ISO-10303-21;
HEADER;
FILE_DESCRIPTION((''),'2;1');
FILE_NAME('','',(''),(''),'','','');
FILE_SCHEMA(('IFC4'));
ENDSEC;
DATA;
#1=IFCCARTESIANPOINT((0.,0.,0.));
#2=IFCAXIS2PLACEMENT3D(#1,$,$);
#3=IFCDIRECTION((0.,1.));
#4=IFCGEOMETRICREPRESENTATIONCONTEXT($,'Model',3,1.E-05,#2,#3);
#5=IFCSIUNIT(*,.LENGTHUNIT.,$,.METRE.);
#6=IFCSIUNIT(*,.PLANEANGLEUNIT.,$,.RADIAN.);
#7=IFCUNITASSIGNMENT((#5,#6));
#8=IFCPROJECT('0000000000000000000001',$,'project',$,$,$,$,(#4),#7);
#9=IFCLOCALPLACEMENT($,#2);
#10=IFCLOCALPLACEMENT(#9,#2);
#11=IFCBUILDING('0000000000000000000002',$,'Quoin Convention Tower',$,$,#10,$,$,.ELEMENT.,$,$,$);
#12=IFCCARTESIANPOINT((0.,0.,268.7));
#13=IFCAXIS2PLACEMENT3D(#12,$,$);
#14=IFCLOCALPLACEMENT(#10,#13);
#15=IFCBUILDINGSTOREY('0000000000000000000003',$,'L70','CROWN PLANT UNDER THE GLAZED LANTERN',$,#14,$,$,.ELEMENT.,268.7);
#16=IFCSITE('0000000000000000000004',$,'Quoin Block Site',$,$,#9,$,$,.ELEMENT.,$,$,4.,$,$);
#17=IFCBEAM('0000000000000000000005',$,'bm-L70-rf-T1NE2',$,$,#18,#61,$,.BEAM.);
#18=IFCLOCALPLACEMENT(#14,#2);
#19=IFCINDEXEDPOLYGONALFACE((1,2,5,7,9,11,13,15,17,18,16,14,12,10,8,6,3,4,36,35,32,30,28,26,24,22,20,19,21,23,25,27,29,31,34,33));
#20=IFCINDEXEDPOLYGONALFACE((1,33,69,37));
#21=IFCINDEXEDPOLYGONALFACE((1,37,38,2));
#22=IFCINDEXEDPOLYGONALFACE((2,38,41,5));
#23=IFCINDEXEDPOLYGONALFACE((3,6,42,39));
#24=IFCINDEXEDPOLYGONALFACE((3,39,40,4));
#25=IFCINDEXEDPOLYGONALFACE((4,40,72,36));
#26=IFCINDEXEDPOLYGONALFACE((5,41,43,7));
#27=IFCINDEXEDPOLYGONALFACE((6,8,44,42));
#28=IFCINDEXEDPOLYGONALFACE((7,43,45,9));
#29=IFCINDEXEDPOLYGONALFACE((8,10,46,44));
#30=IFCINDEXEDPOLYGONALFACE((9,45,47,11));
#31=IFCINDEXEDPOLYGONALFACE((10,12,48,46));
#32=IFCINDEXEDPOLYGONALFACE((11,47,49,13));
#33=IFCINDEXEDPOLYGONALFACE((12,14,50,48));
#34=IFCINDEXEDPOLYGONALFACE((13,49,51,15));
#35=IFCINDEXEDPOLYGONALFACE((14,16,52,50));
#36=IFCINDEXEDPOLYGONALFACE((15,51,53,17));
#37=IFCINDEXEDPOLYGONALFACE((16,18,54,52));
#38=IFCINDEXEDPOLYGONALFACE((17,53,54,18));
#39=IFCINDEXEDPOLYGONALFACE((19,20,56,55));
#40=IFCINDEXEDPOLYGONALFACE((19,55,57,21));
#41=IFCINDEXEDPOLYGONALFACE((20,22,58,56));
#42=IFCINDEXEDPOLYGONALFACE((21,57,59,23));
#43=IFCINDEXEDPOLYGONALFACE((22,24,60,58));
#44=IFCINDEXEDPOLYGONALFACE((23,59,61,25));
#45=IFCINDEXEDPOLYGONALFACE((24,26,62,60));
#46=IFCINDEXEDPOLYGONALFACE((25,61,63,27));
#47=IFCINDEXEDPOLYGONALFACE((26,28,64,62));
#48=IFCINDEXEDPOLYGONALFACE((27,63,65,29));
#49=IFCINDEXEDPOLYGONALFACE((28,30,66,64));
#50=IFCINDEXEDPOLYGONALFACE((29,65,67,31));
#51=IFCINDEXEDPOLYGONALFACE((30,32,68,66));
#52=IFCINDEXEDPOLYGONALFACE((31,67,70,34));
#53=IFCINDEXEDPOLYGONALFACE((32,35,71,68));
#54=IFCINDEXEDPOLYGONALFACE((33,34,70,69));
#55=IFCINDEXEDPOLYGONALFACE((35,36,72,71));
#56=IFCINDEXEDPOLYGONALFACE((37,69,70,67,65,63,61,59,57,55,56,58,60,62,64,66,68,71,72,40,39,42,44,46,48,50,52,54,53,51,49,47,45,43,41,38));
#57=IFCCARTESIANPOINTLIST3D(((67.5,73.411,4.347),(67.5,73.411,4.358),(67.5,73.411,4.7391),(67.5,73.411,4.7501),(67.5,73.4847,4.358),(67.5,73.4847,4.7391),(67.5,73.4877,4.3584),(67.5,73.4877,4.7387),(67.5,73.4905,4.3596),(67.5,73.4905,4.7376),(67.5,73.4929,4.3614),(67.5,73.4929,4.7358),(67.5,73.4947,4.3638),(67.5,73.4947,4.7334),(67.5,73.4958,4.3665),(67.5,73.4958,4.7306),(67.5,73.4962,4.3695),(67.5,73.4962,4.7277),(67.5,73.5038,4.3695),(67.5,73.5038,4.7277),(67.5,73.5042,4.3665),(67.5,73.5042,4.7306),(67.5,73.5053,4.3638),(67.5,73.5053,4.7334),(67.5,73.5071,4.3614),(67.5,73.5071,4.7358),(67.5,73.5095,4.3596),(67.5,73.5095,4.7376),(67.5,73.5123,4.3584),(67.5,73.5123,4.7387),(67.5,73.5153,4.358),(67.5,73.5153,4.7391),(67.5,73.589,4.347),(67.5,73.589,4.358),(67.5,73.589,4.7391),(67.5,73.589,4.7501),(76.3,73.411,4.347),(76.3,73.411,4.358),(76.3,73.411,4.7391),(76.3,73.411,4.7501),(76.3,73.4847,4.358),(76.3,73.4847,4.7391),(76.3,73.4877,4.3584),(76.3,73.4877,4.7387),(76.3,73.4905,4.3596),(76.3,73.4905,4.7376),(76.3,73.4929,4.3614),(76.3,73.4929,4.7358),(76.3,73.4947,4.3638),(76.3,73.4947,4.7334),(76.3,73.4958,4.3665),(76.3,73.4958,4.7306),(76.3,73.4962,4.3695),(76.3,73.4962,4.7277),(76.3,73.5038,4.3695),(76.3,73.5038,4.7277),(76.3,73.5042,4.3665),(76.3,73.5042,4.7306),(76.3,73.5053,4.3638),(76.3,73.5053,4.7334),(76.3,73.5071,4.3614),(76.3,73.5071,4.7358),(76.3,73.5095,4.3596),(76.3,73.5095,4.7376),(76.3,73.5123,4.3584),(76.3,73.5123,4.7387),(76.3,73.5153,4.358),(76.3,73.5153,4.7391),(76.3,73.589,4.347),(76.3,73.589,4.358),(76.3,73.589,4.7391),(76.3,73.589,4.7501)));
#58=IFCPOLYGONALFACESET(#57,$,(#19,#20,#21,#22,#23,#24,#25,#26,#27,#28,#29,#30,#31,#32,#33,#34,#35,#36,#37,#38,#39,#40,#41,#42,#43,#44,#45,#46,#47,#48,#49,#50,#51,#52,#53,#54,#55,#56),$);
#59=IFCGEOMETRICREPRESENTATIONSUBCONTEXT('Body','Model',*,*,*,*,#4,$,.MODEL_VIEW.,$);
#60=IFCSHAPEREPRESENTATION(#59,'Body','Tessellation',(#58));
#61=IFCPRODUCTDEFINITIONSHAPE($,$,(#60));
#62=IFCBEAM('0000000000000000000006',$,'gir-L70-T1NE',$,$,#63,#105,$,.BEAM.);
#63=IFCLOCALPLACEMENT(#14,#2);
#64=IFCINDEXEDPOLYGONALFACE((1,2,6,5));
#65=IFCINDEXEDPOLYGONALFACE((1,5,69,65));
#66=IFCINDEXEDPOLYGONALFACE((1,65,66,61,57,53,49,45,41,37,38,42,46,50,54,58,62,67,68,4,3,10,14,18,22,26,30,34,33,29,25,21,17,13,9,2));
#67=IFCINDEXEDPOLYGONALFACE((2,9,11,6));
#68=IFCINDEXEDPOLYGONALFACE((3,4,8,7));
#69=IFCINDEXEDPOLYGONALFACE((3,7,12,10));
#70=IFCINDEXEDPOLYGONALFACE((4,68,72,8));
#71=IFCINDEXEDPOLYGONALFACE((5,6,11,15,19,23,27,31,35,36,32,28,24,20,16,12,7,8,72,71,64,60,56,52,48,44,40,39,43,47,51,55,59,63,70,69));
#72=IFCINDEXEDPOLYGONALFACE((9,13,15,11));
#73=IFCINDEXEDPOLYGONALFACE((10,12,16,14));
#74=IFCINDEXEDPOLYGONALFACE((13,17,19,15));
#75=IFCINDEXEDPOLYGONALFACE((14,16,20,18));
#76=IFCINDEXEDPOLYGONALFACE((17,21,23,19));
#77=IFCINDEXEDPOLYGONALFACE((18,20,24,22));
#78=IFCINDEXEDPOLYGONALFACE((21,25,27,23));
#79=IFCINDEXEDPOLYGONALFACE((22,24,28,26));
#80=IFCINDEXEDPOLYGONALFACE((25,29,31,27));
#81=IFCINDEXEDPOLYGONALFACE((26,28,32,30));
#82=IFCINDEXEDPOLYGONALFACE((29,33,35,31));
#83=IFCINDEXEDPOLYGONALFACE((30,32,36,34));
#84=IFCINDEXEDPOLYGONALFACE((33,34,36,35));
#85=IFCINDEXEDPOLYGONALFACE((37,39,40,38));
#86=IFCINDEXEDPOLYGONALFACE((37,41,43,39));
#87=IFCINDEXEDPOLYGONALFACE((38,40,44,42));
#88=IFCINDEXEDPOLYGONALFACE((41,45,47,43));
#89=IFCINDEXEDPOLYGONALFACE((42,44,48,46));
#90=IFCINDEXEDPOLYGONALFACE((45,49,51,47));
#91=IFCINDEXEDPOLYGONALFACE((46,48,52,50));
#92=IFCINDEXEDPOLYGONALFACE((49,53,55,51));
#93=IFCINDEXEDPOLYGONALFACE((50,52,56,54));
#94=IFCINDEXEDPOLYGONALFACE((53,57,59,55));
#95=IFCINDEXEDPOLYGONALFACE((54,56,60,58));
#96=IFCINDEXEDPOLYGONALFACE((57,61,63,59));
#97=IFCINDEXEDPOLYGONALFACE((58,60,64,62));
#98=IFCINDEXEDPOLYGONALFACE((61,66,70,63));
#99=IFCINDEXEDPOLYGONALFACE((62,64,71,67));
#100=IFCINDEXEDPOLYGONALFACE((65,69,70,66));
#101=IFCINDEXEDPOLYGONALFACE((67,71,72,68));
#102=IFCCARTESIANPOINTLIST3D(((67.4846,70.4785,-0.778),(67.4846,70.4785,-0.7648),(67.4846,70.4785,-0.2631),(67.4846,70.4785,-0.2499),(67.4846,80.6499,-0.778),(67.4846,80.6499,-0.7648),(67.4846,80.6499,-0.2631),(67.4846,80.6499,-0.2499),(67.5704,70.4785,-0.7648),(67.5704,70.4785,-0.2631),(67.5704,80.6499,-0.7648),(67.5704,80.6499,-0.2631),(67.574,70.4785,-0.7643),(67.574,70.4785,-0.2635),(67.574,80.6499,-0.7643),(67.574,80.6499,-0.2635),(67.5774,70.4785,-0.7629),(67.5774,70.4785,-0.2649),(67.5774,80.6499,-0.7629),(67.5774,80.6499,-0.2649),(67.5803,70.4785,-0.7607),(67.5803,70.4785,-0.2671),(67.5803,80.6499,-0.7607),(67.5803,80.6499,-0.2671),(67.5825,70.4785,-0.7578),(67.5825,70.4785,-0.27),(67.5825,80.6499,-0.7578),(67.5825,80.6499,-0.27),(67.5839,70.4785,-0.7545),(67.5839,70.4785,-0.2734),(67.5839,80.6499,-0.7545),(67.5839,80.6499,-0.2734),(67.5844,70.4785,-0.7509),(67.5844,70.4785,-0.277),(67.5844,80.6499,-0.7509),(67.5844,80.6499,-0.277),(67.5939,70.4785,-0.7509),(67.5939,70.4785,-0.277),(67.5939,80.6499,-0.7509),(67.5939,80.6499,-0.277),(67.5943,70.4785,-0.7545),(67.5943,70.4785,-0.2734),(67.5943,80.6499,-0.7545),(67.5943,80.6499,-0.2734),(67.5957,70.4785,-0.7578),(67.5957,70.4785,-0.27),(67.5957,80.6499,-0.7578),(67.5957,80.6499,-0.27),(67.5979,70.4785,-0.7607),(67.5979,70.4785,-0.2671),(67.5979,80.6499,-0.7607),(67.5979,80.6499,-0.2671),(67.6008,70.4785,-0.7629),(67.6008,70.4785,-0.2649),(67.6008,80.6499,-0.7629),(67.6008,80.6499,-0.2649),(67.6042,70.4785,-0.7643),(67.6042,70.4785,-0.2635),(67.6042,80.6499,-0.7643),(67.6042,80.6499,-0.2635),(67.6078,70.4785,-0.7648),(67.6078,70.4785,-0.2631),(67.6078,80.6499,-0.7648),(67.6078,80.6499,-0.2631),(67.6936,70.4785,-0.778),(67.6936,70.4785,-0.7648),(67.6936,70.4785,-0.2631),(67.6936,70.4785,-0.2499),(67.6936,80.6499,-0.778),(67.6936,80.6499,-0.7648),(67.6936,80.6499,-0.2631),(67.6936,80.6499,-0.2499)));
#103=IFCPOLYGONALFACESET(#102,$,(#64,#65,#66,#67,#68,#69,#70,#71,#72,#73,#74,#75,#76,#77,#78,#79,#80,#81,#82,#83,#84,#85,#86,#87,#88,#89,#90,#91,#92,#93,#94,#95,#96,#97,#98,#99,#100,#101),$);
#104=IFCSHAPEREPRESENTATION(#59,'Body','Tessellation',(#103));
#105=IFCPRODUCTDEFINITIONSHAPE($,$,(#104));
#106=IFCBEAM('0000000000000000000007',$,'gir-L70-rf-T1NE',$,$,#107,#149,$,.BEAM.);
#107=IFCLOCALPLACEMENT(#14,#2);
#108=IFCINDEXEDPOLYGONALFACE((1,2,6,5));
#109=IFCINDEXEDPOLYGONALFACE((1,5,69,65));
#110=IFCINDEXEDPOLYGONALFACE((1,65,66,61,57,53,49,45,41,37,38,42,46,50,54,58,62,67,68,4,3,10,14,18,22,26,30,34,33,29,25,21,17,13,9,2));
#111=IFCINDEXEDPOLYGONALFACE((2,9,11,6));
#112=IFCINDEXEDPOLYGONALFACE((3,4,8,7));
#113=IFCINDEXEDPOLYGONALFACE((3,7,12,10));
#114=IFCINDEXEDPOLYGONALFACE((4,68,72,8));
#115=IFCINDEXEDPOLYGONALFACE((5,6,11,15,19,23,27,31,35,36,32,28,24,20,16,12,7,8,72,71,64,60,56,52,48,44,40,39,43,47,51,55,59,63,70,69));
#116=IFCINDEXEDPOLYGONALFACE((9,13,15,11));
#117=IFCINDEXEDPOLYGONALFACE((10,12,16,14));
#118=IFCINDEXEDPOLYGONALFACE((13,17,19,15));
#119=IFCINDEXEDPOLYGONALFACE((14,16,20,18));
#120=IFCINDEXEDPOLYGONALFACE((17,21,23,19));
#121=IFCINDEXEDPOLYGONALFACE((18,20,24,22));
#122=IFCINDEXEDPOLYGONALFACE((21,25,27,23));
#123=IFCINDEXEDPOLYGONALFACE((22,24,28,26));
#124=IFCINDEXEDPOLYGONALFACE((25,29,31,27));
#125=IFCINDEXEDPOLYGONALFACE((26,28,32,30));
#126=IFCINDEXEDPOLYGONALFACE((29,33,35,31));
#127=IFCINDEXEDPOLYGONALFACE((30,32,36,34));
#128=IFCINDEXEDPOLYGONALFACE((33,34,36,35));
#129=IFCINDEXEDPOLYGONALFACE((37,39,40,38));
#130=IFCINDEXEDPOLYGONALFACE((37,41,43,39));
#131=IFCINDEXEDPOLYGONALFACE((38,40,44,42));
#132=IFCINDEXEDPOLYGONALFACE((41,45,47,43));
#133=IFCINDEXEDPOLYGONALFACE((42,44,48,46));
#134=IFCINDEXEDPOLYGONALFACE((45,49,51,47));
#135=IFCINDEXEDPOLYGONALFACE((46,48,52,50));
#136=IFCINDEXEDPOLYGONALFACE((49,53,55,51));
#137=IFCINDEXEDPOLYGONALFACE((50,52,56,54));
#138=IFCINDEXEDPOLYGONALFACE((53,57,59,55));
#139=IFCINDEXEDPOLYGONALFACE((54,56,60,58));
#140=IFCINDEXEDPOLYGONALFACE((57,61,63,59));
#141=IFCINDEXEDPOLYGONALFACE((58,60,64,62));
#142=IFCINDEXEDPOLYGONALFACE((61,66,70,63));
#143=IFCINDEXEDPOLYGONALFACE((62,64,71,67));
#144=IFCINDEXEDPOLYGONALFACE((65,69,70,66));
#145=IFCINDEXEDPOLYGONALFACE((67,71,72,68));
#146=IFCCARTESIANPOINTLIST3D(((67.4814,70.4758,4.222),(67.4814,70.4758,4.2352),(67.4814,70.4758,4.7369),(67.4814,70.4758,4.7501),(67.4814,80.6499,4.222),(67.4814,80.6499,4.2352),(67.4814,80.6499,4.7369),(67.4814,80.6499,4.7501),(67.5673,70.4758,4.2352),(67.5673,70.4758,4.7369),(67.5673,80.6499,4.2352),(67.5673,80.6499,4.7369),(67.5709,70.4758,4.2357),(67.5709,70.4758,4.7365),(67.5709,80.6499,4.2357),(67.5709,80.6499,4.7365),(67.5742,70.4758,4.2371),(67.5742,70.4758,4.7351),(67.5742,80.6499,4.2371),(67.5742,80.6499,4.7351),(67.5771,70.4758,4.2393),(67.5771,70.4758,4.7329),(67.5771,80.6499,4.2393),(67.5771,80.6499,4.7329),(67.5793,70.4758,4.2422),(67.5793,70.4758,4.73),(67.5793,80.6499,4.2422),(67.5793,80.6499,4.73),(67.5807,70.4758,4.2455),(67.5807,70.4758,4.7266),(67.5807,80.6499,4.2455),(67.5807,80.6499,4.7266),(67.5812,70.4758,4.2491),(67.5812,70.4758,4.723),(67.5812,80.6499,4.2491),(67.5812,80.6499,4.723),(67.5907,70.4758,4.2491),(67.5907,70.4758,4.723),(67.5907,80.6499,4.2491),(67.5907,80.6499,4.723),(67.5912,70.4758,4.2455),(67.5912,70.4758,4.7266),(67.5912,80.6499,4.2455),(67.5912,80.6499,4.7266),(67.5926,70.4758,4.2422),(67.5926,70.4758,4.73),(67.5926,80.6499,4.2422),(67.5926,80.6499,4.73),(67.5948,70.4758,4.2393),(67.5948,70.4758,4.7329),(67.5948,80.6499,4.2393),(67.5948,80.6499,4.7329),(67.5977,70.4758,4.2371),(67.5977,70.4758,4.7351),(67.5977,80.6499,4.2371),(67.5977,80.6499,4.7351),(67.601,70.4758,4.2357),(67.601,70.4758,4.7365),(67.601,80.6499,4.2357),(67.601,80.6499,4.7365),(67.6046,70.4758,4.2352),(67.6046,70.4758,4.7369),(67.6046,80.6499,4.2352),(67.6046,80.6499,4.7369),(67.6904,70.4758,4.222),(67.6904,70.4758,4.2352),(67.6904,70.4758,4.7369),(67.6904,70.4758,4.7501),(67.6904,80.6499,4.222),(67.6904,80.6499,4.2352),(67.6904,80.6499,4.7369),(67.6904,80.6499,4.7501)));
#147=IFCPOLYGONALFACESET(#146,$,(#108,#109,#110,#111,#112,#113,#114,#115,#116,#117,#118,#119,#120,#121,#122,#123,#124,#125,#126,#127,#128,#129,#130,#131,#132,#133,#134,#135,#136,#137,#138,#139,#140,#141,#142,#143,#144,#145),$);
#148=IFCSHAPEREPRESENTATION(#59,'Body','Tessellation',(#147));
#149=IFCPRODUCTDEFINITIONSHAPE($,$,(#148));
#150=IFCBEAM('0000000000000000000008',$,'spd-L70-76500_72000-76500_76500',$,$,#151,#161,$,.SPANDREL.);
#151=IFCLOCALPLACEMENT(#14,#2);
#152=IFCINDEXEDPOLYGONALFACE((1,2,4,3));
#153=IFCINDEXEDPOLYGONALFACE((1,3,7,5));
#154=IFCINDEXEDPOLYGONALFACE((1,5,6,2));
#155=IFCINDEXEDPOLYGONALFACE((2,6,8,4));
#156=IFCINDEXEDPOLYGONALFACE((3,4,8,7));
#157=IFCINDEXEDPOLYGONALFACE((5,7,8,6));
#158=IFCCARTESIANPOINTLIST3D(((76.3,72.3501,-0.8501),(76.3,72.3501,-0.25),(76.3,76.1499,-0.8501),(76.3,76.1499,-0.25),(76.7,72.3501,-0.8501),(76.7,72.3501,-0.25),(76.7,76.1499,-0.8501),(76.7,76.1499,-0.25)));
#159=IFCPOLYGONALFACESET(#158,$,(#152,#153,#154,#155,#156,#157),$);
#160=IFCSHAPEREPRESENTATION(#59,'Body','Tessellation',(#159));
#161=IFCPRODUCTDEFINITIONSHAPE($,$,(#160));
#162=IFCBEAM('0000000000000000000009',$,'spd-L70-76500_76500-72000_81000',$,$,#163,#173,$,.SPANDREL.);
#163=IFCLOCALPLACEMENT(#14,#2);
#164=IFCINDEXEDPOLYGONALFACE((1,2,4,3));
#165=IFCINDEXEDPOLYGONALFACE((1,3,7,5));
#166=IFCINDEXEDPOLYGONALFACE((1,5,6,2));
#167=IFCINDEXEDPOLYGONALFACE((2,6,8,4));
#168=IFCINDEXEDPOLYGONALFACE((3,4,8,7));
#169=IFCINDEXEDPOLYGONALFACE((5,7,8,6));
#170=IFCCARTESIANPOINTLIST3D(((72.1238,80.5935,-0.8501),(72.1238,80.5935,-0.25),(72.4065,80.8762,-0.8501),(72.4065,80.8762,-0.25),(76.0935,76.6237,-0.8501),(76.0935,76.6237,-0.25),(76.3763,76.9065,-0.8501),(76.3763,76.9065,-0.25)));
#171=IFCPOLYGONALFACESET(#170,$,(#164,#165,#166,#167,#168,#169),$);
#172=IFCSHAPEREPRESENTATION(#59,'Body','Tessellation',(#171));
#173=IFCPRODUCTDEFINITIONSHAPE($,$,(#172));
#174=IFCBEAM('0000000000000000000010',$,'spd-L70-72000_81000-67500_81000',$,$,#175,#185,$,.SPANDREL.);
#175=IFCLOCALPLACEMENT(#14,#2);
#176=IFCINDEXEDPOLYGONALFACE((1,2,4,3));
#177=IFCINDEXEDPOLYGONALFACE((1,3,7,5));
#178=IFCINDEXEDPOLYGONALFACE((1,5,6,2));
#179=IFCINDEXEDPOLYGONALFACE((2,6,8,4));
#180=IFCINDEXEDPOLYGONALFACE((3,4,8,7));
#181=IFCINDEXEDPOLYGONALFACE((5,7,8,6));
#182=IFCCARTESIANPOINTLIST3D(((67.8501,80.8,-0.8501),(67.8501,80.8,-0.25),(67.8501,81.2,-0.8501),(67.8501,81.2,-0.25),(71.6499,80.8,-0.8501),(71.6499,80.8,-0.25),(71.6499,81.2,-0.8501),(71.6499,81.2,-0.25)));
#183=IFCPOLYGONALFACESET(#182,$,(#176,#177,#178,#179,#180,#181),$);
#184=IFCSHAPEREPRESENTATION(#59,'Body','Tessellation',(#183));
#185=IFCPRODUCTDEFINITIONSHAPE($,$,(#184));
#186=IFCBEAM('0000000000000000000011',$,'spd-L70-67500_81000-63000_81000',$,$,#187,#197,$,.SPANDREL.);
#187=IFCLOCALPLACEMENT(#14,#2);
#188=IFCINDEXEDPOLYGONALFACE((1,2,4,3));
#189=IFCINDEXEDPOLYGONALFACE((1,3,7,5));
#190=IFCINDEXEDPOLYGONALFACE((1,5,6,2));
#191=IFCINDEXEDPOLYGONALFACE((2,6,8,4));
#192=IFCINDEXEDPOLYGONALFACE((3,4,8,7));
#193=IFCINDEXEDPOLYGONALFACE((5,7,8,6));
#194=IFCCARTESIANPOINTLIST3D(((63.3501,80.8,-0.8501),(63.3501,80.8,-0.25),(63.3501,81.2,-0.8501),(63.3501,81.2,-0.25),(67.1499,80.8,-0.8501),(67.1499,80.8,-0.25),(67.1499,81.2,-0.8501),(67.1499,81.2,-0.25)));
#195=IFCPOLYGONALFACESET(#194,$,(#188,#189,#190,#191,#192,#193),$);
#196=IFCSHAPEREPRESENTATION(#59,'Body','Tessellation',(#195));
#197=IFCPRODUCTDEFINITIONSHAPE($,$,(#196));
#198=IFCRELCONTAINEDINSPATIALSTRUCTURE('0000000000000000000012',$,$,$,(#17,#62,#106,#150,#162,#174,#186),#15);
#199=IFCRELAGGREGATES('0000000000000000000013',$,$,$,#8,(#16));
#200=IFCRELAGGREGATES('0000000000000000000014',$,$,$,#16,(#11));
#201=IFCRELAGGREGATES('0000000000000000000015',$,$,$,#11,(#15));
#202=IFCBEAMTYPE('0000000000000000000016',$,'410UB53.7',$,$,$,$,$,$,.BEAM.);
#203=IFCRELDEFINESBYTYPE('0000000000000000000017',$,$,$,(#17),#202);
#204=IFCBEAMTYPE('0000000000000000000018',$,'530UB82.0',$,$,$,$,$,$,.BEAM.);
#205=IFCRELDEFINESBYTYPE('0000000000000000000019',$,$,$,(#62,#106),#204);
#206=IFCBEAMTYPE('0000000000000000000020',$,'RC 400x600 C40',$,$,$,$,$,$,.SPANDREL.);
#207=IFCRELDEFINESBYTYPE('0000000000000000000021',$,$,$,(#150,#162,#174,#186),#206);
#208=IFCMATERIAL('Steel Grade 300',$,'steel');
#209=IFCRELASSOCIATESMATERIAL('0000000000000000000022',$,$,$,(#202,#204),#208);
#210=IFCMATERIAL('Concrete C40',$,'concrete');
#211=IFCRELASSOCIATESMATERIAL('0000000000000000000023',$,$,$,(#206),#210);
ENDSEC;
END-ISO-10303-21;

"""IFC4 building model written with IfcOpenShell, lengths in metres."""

from ifc_helpers import new_model, si_unit, direction, frame, origin, origin_2d, place, context, subcontext, project, spatial, rectangle, i_section, extrude, material, material_profile, profile_set, type_object, element, save


model = new_model("IFC4")

# Units and contexts
model_context = context("Model", 3, precision=1e-05, world=origin(), true_north=direction((0.0, 1.0)))
body_context = subcontext(model_context, "Body", "Model", "MODEL_VIEW")
ifc_project = project(units=[si_unit("LENGTHUNIT", "METRE"), si_unit("PLANEANGLEUNIT", "RADIAN")], contexts=[model_context])

# Site, building, storey
site_placement = place(None, origin())
site = spatial("IfcSite", under=ifc_project, at=site_placement, Name="Quoin Block Site", CompositionType="ELEMENT", RefElevation=4.0)
building_placement = place(site_placement, origin())
building = spatial("IfcBuilding", under=site, at=building_placement, Name="Quoin Convention Tower", CompositionType="ELEMENT")
storey_placement = place(building_placement, frame((0.0, 0.0, 268.7)))
storey = spatial("IfcBuildingStorey", under=building, at=storey_placement, Name="L70", Description="CROWN PLANT UNDER THE GLAZED LANTERN", CompositionType="ELEMENT", Elevation=268.7)

# Shared definitions
ifc_material_1 = material(Name="Concrete C40", Category="concrete")

# Beams
ifc_material_2 = material(Name="Steel Grade 300", Category="steel")
ifc_material_profile_1 = material_profile(ifc_material_2, i_section(OverallWidth=0.178, OverallDepth=0.4031, WebThickness=0.0076, FlangeThickness=0.011, FilletRadius=0.0115, at=origin_2d()), Name="410UB53.7")
ifc_profile_set_1 = profile_set([ifc_material_profile_1], Name="Steel Grade 300")
beam_type_1 = type_object("IfcBeamType", Name="410UB53.7", PredefinedType="BEAM", material=ifc_profile_set_1)
beam_1_placement = place(storey_placement, frame((67.5, 73.5, 4.5486), z_axis=(1.0, 0.0, 0.0), x_axis=(0.0, 1.0, 0.0)))
element("IfcBeam", 1, at=beam_1_placement, inside=storey, type_object=beam_type_1, Name="bm-L70-rf-T1NE2", PredefinedType="BEAM", context=body_context, shape_type="SweptSolid", body=[
    extrude(i_section(OverallWidth=0.178, OverallDepth=0.4031, WebThickness=0.0076, FlangeThickness=0.011, FilletRadius=0.0115, at=origin_2d()), origin(), (0.0, 0.0, 1.0), 8.8),
])
ifc_material_profile_2 = material_profile(ifc_material_2, i_section(OverallWidth=0.209, OverallDepth=0.5281, WebThickness=0.0095, FlangeThickness=0.0132, FilletRadius=0.0139, at=origin_2d()), Name="530UB82.0")
ifc_profile_set_2 = profile_set([ifc_material_profile_2], Name="Steel Grade 300")
beam_type_2 = type_object("IfcBeamType", Name="530UB82.0", PredefinedType="BEAM", material=ifc_profile_set_2)
beam_2_placement = place(storey_placement, frame((67.5891, 80.6499, -0.5139), z_axis=(0.0, -1.0, 0.0), x_axis=(1.0, 0.0, 0.0)))
element("IfcBeam", 2, at=beam_2_placement, inside=storey, type_object=beam_type_2, Name="gir-L70-T1NE", PredefinedType="BEAM", context=body_context, shape_type="SweptSolid", body=[
    extrude(i_section(OverallWidth=0.209, OverallDepth=0.5281, WebThickness=0.0095, FlangeThickness=0.0132, FilletRadius=0.0139, at=origin_2d()), origin(), (0.0, 0.0, 1.0), 10.1714),
])
beam_3_placement = place(storey_placement, frame((67.5859, 80.6499, 4.4861), z_axis=(0.0, -1.0, 0.0), x_axis=(1.0, 0.0, 0.0)))
element("IfcBeam", 3, at=beam_3_placement, inside=storey, type_object=beam_type_2, Name="gir-L70-rf-T1NE", PredefinedType="BEAM", context=body_context, shape_type="SweptSolid", body=[
    extrude(i_section(OverallWidth=0.209, OverallDepth=0.5281, WebThickness=0.0095, FlangeThickness=0.0132, FilletRadius=0.0139, at=origin_2d()), origin(), (0.0, 0.0, 1.0), 10.1741),
])
ifc_material_profile_3 = material_profile(ifc_material_1, rectangle(XDim=0.3999, YDim=0.6001, at=origin_2d()), Name="RC 400x600")
ifc_profile_set_3 = profile_set([ifc_material_profile_3], Name="Concrete C40")
beam_type_3 = type_object("IfcBeamType", Name="RC 400x600 C40", PredefinedType="SPANDREL", material=ifc_profile_set_3)
beam_4_placement = place(storey_placement, frame((76.5, 72.3501, -0.55), z_axis=(0.0, 1.0, 0.0), x_axis=(-1.0, 0.0, 0.0)))
element("IfcBeam", 4, at=beam_4_placement, inside=storey, type_object=beam_type_3, Name="spd-L70-76500_72000-76500_76500", PredefinedType="SPANDREL", context=body_context, shape_type="SweptSolid", body=[
    extrude(rectangle(XDim=0.3999, YDim=0.6001, at=origin_2d()), origin(), (0.0, 0.0, 1.0), 3.7998),
])
beam_5_placement = place(storey_placement, frame((76.2349, 76.7651, -0.55), z_axis=(-0.707107, 0.707107, 0.0), x_axis=(-0.707107, -0.707107, 0.0)))
element("IfcBeam", 5, at=beam_5_placement, inside=storey, type_object=beam_type_3, Name="spd-L70-76500_76500-72000_81000", PredefinedType="SPANDREL", context=body_context, shape_type="SweptSolid", body=[
    extrude(rectangle(XDim=0.3999, YDim=0.6001, at=origin_2d()), origin(), (0.0, 0.0, 1.0), 5.614),
])
for number, where, z_axis, x_axis, name in (
    (6, (71.6499, 81.0, -0.55), (-1.0, 0.0, 0.0), (0.0, -1.0, 0.0), "spd-L70-72000_81000-67500_81000"),
    (7, (67.1499, 81.0, -0.55), (-1.0, 0.0, 0.0), (0.0, -1.0, 0.0), "spd-L70-67500_81000-63000_81000"),
):
    element("IfcBeam", number, at=place(storey_placement, frame(where, z_axis=z_axis, x_axis=x_axis)), inside=storey, type_object=beam_type_3, Name=name, PredefinedType="SPANDREL", context=body_context, shape_type="SweptSolid", body=[
        extrude(rectangle(XDim=0.3999, YDim=0.6001, at=origin_2d()), origin(), (0.0, 0.0, 1.0), 3.7998),
    ])

save(model, "model.ifc")
